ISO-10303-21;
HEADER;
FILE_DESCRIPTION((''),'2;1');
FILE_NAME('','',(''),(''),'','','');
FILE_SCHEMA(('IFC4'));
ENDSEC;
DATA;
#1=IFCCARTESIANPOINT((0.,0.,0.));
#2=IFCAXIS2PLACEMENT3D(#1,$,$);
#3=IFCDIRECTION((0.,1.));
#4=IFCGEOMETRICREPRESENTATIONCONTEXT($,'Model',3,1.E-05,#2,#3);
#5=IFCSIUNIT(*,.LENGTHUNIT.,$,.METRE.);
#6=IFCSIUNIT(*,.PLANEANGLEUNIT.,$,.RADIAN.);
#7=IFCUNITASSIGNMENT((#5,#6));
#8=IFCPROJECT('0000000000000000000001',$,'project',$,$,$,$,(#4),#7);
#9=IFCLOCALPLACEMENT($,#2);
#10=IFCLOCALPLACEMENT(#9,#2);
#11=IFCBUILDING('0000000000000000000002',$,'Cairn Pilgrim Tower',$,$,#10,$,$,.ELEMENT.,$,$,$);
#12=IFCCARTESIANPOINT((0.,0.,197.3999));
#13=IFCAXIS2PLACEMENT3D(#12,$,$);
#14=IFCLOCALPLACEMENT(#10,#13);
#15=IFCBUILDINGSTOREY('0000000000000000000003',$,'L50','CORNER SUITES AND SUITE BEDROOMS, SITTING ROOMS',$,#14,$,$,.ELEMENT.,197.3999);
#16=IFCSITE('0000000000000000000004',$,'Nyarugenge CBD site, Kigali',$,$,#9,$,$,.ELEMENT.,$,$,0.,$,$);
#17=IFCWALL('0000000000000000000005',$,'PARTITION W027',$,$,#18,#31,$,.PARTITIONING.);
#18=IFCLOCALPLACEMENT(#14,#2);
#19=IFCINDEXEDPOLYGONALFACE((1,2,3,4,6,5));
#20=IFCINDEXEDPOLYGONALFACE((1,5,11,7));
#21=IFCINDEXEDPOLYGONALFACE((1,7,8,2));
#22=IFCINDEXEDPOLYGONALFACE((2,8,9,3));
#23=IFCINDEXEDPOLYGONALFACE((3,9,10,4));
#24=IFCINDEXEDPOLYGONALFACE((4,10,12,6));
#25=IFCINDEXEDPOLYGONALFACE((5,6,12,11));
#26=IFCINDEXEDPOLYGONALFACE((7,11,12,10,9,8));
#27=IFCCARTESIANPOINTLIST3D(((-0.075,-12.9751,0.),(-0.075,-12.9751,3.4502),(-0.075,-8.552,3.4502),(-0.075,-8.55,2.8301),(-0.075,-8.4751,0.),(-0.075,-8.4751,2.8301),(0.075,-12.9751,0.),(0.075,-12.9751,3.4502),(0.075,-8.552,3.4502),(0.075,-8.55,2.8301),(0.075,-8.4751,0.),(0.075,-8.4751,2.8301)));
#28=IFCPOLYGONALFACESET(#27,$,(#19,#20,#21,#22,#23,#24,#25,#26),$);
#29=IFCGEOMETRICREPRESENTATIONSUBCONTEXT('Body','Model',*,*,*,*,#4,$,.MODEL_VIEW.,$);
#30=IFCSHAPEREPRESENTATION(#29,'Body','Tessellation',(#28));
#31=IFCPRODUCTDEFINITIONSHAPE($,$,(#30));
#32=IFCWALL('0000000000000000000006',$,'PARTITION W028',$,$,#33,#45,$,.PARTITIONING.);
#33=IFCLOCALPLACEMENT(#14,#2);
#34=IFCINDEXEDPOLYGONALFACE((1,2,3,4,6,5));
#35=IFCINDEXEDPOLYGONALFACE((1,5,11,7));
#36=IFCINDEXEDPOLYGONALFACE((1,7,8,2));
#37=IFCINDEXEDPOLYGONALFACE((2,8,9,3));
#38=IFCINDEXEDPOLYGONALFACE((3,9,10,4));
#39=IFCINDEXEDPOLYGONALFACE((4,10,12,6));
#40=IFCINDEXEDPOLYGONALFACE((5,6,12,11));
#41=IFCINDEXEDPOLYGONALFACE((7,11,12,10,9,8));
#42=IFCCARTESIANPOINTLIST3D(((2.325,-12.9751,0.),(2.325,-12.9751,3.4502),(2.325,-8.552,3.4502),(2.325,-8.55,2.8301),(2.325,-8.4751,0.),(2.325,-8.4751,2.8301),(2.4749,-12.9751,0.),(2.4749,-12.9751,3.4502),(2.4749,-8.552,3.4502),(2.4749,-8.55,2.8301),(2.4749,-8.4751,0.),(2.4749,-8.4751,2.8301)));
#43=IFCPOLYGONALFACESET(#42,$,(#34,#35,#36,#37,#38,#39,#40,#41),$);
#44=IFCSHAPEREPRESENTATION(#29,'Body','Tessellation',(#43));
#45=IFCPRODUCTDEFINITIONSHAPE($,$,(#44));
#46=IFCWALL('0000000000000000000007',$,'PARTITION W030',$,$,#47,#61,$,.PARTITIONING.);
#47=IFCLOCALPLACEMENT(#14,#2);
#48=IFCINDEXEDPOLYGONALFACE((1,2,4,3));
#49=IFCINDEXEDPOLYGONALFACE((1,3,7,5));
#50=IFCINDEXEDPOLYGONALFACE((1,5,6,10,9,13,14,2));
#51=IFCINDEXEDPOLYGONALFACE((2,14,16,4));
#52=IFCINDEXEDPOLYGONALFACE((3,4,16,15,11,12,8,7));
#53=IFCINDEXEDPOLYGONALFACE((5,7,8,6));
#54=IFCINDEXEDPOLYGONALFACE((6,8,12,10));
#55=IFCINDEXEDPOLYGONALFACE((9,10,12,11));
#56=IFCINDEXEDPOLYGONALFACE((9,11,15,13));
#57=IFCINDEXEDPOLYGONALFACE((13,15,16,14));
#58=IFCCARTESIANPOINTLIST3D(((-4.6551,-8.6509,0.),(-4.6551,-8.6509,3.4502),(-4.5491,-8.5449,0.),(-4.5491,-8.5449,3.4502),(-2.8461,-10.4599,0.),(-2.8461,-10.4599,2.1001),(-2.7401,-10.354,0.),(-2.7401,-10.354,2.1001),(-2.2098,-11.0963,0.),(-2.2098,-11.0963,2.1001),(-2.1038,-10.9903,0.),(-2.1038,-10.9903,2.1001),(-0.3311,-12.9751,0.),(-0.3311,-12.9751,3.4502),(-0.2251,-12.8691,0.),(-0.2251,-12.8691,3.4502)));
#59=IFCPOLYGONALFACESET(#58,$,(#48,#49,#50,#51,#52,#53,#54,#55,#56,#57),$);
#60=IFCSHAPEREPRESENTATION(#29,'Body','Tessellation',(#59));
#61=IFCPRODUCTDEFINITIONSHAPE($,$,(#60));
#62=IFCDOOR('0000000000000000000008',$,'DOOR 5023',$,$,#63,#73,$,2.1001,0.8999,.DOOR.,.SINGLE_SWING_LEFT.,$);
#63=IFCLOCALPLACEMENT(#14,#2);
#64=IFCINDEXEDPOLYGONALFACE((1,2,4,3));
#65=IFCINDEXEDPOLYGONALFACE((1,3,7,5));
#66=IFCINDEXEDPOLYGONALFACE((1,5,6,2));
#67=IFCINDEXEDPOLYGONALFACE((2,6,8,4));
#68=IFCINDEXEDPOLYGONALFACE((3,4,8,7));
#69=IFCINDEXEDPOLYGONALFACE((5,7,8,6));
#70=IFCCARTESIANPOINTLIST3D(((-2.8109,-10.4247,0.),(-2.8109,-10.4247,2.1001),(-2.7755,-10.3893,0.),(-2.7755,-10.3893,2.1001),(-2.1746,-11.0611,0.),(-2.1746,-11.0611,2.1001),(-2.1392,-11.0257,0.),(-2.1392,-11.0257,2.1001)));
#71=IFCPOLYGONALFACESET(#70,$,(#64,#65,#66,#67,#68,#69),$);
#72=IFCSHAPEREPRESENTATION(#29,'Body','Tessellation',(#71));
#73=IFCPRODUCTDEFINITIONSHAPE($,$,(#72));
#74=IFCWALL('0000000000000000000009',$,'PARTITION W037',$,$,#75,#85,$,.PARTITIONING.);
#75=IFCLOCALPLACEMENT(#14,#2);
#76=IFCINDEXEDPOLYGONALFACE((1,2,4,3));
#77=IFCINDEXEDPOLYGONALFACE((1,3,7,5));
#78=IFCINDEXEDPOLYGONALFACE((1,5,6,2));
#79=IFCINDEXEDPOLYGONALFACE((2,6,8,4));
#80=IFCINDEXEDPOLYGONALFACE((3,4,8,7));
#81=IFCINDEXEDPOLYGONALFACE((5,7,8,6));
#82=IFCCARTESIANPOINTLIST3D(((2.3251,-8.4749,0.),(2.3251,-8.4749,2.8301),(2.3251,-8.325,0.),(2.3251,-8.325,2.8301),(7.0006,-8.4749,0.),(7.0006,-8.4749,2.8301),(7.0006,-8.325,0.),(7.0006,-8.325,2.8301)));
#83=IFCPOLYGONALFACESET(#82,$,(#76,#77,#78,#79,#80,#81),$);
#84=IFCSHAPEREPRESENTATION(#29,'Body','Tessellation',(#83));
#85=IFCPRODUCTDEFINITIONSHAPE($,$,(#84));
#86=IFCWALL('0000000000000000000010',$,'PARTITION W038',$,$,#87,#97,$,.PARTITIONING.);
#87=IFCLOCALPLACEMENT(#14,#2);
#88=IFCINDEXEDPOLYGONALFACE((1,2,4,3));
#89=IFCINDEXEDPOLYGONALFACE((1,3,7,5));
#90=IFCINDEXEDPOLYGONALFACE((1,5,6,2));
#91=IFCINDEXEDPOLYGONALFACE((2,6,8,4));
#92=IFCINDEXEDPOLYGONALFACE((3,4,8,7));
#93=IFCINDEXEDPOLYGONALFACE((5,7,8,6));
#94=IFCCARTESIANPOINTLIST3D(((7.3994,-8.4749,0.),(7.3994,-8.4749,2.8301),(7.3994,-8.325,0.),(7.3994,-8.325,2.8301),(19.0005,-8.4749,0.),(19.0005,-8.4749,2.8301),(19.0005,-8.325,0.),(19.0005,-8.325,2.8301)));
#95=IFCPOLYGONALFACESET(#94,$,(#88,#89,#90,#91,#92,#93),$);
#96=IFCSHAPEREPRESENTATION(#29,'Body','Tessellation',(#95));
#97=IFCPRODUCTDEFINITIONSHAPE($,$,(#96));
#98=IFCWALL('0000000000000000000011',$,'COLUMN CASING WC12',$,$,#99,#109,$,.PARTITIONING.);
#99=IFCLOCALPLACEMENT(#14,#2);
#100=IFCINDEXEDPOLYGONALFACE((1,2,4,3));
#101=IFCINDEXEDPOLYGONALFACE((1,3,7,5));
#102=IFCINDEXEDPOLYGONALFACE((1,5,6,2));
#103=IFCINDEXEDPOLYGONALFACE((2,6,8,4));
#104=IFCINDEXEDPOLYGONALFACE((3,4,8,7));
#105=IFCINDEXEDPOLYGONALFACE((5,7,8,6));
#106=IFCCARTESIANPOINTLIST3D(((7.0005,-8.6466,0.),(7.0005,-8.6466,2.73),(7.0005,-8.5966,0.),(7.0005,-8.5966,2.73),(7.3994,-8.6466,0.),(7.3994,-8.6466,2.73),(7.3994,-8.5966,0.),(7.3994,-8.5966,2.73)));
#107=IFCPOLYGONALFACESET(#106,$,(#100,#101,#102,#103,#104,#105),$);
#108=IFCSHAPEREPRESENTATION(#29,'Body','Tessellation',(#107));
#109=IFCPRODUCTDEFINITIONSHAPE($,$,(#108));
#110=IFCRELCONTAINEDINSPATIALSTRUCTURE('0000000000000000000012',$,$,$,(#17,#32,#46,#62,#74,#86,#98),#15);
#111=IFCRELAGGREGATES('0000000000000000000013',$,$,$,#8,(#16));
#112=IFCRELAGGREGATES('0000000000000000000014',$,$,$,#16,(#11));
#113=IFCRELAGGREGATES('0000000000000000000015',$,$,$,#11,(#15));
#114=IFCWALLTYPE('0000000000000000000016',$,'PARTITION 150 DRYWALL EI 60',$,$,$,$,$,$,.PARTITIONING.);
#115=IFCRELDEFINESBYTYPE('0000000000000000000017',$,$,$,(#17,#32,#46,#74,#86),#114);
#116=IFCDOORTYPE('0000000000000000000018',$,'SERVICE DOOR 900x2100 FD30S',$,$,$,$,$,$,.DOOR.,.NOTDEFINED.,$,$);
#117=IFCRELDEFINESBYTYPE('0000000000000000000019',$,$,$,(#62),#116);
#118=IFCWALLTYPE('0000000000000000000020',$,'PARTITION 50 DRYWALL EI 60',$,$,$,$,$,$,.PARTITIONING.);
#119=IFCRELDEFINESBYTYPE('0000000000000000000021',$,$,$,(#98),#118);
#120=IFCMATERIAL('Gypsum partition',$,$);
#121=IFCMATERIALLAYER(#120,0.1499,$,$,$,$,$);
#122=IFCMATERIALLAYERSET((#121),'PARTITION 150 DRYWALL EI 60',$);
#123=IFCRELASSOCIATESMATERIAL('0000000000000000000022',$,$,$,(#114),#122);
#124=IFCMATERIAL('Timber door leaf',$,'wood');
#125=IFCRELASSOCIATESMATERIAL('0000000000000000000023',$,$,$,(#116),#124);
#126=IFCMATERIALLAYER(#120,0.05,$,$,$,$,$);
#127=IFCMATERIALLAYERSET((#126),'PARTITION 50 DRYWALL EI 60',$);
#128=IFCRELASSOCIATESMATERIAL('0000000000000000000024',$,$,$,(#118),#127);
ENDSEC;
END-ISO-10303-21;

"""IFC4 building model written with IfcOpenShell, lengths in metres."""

from ifc_helpers import new_model, si_unit, direction, frame, frame_2d, origin, place, context, subcontext, project, spatial, polyline, rectangle, outline, extrude, material, layer, layer_set, type_object, element, fill, save


model = new_model("IFC4")

# Units and contexts
model_context = context("Model", 3, precision=1e-05, world=origin(), true_north=direction((0.0, 1.0)))
body_context = subcontext(model_context, "Body", "Model", "MODEL_VIEW")
ifc_project = project(units=[si_unit("LENGTHUNIT", "METRE"), si_unit("PLANEANGLEUNIT", "RADIAN")], contexts=[model_context])

# Site, building, storey
site_placement = place(None, origin())
site = spatial("IfcSite", under=ifc_project, at=site_placement, Name="Nyarugenge CBD site, Kigali", CompositionType="ELEMENT", RefElevation=0.0)
building_placement = place(site_placement, origin())
building = spatial("IfcBuilding", under=site, at=building_placement, Name="Cairn Pilgrim Tower", CompositionType="ELEMENT")
storey_placement = place(building_placement, frame((0.0, 0.0, 197.3999)))
storey = spatial("IfcBuildingStorey", under=building, at=storey_placement, Name="L50", Description="CORNER SUITES AND SUITE BEDROOMS, SITTING ROOMS", CompositionType="ELEMENT", Elevation=197.3999)

# Walls
ifc_material_1 = material(Name="Gypsum partition")
ifc_layer_1 = layer(ifc_material_1, 0.1499)
ifc_layer_set_1 = layer_set([ifc_layer_1], Name="PARTITION 150 DRYWALL EI 60")
wall_type_1 = type_object("IfcWallType", Name="PARTITION 150 DRYWALL EI 60", PredefinedType="PARTITIONING", material=ifc_layer_set_1)
for number, where, z_axis, x_axis, name in (
    (1, (0.0, -12.9751, 0.0), (0.0, 0.0, 1.0), (0.0, 1.0, 0.0), "PARTITION W027"),
    (2, (2.3999, -12.9751, 0.0), (0.0, 0.0, 1.0), (0.0, 1.0, 0.0), "PARTITION W028"),
):
    element("IfcWall", number, at=place(storey_placement, frame(where, z_axis=z_axis, x_axis=x_axis)), inside=storey, type_object=wall_type_1, Name=name, PredefinedType="PARTITIONING", context=body_context, shape_type="SweptSolid", body=[
        extrude(outline(polyline([(0.0, 0.0), (4.5, 0.0), (4.5, 2.8301), (4.425, 2.8301), (4.4231, 3.4502), (0.0, 3.4502), (0.0, 0.0)])), frame((0.0, 0.075, 0.0), z_axis=(0.0, -1.0, 0.0), x_axis=(1.0, 0.0, 0.0)), (0.0, 0.0, 1.0), 0.1499),
    ])

# Wall, opening, door
wall_1_placement = place(storey_placement, frame((-0.2781, -12.9221, 0.0), z_axis=(0.0, 0.0, 1.0), x_axis=(-0.707087, 0.707127, 0.0)))
wall_1 = element("IfcWall", 3, at=wall_1_placement, inside=storey, type_object=wall_type_1, Name="PARTITION W030", PredefinedType="PARTITIONING", context=body_context, shape_type="SweptSolid", body=[
    extrude(rectangle(XDim=6.1152, YDim=0.1499, at=frame_2d((3.0576, 0.0))), origin(), (0.0, 0.0, 1.0), 3.4502),
])
opening_placement = place(wall_1_placement, frame((2.657, 0.0, 0.0)))
opening = element("IfcOpeningElement", 4, at=opening_placement, cuts=wall_1, PredefinedType="OPENING", context=body_context, shape_type="SweptSolid", body=[
    extrude(rectangle(XDim=0.8999, YDim=2.1001, at=frame_2d((0.45, 1.05))), frame((0.0, 0.085, 0.0), z_axis=(0.0, -1.0, 0.0), x_axis=(1.0, 0.0, 0.0)), (0.0, 0.0, 1.0), 0.1699),
])
ifc_material_2 = material(Name="Timber door leaf", Category="wood")
door_type = type_object("IfcDoorType", Name="SERVICE DOOR 900x2100 FD30S", OperationType="NOTDEFINED", PredefinedType="DOOR", material=ifc_material_2)
door_placement = place(opening_placement, frame((0.8999, 0.0, 0.0), z_axis=(0.0, 0.0, 1.0), x_axis=(-1.0, 0.0, 0.0)))
door = element("IfcDoor", 5, at=door_placement, inside=storey, type_object=door_type, Name="DOOR 5023", OperationType="SINGLE_SWING_LEFT", OverallHeight=2.1001, OverallWidth=0.8999, PredefinedType="DOOR", context=body_context, shape_type="SweptSolid", body=[
    extrude(rectangle(XDim=0.8999, YDim=2.1001, at=frame_2d((0.45, 1.05))), frame((0.0, 0.0249, 0.0), z_axis=(0.0, -1.0, 0.0), x_axis=(1.0, 0.0, 0.0)), (0.0, 0.0, 1.0), 0.05),
])
fill(opening, door)

# Walls
wall_2_placement = place(storey_placement, frame((2.325, -8.3999, 0.0), z_axis=(0.0, 0.0, 1.0), x_axis=(1.0, 0.0, 0.0)))
element("IfcWall", 6, at=wall_2_placement, inside=storey, type_object=wall_type_1, Name="PARTITION W037", PredefinedType="PARTITIONING", context=body_context, shape_type="SweptSolid", body=[
    extrude(rectangle(XDim=4.6755, YDim=0.1499, at=frame_2d((2.3379, 0.0))), origin(), (0.0, 0.0, 1.0), 2.8301),
])
wall_3_placement = place(storey_placement, frame((7.3994, -8.3999, 0.0), z_axis=(0.0, 0.0, 1.0), x_axis=(1.0, 0.0, 0.0)))
element("IfcWall", 7, at=wall_3_placement, inside=storey, type_object=wall_type_1, Name="PARTITION W038", PredefinedType="PARTITIONING", context=body_context, shape_type="SweptSolid", body=[
    extrude(rectangle(XDim=11.6011, YDim=0.1499, at=frame_2d((5.8005, 0.0))), origin(), (0.0, 0.0, 1.0), 2.8301),
])
ifc_layer_2 = layer(ifc_material_1, 0.05)
ifc_layer_set_2 = layer_set([ifc_layer_2], Name="PARTITION 50 DRYWALL EI 60")
wall_type_2 = type_object("IfcWallType", Name="PARTITION 50 DRYWALL EI 60", PredefinedType="PARTITIONING", material=ifc_layer_set_2)
wall_4_placement = place(storey_placement, frame((7.0005, -8.6216, 0.0), z_axis=(0.0, 0.0, 1.0), x_axis=(1.0, 0.0, 0.0)))
element("IfcWall", 8, at=wall_4_placement, inside=storey, type_object=wall_type_2, Name="COLUMN CASING WC12", PredefinedType="PARTITIONING", context=body_context, shape_type="SweptSolid", body=[
    extrude(rectangle(XDim=0.3989, YDim=0.05, at=frame_2d((0.1995, 0.0))), origin(), (0.0, 0.0, 1.0), 2.73),
])

save(model, "model.ifc")
